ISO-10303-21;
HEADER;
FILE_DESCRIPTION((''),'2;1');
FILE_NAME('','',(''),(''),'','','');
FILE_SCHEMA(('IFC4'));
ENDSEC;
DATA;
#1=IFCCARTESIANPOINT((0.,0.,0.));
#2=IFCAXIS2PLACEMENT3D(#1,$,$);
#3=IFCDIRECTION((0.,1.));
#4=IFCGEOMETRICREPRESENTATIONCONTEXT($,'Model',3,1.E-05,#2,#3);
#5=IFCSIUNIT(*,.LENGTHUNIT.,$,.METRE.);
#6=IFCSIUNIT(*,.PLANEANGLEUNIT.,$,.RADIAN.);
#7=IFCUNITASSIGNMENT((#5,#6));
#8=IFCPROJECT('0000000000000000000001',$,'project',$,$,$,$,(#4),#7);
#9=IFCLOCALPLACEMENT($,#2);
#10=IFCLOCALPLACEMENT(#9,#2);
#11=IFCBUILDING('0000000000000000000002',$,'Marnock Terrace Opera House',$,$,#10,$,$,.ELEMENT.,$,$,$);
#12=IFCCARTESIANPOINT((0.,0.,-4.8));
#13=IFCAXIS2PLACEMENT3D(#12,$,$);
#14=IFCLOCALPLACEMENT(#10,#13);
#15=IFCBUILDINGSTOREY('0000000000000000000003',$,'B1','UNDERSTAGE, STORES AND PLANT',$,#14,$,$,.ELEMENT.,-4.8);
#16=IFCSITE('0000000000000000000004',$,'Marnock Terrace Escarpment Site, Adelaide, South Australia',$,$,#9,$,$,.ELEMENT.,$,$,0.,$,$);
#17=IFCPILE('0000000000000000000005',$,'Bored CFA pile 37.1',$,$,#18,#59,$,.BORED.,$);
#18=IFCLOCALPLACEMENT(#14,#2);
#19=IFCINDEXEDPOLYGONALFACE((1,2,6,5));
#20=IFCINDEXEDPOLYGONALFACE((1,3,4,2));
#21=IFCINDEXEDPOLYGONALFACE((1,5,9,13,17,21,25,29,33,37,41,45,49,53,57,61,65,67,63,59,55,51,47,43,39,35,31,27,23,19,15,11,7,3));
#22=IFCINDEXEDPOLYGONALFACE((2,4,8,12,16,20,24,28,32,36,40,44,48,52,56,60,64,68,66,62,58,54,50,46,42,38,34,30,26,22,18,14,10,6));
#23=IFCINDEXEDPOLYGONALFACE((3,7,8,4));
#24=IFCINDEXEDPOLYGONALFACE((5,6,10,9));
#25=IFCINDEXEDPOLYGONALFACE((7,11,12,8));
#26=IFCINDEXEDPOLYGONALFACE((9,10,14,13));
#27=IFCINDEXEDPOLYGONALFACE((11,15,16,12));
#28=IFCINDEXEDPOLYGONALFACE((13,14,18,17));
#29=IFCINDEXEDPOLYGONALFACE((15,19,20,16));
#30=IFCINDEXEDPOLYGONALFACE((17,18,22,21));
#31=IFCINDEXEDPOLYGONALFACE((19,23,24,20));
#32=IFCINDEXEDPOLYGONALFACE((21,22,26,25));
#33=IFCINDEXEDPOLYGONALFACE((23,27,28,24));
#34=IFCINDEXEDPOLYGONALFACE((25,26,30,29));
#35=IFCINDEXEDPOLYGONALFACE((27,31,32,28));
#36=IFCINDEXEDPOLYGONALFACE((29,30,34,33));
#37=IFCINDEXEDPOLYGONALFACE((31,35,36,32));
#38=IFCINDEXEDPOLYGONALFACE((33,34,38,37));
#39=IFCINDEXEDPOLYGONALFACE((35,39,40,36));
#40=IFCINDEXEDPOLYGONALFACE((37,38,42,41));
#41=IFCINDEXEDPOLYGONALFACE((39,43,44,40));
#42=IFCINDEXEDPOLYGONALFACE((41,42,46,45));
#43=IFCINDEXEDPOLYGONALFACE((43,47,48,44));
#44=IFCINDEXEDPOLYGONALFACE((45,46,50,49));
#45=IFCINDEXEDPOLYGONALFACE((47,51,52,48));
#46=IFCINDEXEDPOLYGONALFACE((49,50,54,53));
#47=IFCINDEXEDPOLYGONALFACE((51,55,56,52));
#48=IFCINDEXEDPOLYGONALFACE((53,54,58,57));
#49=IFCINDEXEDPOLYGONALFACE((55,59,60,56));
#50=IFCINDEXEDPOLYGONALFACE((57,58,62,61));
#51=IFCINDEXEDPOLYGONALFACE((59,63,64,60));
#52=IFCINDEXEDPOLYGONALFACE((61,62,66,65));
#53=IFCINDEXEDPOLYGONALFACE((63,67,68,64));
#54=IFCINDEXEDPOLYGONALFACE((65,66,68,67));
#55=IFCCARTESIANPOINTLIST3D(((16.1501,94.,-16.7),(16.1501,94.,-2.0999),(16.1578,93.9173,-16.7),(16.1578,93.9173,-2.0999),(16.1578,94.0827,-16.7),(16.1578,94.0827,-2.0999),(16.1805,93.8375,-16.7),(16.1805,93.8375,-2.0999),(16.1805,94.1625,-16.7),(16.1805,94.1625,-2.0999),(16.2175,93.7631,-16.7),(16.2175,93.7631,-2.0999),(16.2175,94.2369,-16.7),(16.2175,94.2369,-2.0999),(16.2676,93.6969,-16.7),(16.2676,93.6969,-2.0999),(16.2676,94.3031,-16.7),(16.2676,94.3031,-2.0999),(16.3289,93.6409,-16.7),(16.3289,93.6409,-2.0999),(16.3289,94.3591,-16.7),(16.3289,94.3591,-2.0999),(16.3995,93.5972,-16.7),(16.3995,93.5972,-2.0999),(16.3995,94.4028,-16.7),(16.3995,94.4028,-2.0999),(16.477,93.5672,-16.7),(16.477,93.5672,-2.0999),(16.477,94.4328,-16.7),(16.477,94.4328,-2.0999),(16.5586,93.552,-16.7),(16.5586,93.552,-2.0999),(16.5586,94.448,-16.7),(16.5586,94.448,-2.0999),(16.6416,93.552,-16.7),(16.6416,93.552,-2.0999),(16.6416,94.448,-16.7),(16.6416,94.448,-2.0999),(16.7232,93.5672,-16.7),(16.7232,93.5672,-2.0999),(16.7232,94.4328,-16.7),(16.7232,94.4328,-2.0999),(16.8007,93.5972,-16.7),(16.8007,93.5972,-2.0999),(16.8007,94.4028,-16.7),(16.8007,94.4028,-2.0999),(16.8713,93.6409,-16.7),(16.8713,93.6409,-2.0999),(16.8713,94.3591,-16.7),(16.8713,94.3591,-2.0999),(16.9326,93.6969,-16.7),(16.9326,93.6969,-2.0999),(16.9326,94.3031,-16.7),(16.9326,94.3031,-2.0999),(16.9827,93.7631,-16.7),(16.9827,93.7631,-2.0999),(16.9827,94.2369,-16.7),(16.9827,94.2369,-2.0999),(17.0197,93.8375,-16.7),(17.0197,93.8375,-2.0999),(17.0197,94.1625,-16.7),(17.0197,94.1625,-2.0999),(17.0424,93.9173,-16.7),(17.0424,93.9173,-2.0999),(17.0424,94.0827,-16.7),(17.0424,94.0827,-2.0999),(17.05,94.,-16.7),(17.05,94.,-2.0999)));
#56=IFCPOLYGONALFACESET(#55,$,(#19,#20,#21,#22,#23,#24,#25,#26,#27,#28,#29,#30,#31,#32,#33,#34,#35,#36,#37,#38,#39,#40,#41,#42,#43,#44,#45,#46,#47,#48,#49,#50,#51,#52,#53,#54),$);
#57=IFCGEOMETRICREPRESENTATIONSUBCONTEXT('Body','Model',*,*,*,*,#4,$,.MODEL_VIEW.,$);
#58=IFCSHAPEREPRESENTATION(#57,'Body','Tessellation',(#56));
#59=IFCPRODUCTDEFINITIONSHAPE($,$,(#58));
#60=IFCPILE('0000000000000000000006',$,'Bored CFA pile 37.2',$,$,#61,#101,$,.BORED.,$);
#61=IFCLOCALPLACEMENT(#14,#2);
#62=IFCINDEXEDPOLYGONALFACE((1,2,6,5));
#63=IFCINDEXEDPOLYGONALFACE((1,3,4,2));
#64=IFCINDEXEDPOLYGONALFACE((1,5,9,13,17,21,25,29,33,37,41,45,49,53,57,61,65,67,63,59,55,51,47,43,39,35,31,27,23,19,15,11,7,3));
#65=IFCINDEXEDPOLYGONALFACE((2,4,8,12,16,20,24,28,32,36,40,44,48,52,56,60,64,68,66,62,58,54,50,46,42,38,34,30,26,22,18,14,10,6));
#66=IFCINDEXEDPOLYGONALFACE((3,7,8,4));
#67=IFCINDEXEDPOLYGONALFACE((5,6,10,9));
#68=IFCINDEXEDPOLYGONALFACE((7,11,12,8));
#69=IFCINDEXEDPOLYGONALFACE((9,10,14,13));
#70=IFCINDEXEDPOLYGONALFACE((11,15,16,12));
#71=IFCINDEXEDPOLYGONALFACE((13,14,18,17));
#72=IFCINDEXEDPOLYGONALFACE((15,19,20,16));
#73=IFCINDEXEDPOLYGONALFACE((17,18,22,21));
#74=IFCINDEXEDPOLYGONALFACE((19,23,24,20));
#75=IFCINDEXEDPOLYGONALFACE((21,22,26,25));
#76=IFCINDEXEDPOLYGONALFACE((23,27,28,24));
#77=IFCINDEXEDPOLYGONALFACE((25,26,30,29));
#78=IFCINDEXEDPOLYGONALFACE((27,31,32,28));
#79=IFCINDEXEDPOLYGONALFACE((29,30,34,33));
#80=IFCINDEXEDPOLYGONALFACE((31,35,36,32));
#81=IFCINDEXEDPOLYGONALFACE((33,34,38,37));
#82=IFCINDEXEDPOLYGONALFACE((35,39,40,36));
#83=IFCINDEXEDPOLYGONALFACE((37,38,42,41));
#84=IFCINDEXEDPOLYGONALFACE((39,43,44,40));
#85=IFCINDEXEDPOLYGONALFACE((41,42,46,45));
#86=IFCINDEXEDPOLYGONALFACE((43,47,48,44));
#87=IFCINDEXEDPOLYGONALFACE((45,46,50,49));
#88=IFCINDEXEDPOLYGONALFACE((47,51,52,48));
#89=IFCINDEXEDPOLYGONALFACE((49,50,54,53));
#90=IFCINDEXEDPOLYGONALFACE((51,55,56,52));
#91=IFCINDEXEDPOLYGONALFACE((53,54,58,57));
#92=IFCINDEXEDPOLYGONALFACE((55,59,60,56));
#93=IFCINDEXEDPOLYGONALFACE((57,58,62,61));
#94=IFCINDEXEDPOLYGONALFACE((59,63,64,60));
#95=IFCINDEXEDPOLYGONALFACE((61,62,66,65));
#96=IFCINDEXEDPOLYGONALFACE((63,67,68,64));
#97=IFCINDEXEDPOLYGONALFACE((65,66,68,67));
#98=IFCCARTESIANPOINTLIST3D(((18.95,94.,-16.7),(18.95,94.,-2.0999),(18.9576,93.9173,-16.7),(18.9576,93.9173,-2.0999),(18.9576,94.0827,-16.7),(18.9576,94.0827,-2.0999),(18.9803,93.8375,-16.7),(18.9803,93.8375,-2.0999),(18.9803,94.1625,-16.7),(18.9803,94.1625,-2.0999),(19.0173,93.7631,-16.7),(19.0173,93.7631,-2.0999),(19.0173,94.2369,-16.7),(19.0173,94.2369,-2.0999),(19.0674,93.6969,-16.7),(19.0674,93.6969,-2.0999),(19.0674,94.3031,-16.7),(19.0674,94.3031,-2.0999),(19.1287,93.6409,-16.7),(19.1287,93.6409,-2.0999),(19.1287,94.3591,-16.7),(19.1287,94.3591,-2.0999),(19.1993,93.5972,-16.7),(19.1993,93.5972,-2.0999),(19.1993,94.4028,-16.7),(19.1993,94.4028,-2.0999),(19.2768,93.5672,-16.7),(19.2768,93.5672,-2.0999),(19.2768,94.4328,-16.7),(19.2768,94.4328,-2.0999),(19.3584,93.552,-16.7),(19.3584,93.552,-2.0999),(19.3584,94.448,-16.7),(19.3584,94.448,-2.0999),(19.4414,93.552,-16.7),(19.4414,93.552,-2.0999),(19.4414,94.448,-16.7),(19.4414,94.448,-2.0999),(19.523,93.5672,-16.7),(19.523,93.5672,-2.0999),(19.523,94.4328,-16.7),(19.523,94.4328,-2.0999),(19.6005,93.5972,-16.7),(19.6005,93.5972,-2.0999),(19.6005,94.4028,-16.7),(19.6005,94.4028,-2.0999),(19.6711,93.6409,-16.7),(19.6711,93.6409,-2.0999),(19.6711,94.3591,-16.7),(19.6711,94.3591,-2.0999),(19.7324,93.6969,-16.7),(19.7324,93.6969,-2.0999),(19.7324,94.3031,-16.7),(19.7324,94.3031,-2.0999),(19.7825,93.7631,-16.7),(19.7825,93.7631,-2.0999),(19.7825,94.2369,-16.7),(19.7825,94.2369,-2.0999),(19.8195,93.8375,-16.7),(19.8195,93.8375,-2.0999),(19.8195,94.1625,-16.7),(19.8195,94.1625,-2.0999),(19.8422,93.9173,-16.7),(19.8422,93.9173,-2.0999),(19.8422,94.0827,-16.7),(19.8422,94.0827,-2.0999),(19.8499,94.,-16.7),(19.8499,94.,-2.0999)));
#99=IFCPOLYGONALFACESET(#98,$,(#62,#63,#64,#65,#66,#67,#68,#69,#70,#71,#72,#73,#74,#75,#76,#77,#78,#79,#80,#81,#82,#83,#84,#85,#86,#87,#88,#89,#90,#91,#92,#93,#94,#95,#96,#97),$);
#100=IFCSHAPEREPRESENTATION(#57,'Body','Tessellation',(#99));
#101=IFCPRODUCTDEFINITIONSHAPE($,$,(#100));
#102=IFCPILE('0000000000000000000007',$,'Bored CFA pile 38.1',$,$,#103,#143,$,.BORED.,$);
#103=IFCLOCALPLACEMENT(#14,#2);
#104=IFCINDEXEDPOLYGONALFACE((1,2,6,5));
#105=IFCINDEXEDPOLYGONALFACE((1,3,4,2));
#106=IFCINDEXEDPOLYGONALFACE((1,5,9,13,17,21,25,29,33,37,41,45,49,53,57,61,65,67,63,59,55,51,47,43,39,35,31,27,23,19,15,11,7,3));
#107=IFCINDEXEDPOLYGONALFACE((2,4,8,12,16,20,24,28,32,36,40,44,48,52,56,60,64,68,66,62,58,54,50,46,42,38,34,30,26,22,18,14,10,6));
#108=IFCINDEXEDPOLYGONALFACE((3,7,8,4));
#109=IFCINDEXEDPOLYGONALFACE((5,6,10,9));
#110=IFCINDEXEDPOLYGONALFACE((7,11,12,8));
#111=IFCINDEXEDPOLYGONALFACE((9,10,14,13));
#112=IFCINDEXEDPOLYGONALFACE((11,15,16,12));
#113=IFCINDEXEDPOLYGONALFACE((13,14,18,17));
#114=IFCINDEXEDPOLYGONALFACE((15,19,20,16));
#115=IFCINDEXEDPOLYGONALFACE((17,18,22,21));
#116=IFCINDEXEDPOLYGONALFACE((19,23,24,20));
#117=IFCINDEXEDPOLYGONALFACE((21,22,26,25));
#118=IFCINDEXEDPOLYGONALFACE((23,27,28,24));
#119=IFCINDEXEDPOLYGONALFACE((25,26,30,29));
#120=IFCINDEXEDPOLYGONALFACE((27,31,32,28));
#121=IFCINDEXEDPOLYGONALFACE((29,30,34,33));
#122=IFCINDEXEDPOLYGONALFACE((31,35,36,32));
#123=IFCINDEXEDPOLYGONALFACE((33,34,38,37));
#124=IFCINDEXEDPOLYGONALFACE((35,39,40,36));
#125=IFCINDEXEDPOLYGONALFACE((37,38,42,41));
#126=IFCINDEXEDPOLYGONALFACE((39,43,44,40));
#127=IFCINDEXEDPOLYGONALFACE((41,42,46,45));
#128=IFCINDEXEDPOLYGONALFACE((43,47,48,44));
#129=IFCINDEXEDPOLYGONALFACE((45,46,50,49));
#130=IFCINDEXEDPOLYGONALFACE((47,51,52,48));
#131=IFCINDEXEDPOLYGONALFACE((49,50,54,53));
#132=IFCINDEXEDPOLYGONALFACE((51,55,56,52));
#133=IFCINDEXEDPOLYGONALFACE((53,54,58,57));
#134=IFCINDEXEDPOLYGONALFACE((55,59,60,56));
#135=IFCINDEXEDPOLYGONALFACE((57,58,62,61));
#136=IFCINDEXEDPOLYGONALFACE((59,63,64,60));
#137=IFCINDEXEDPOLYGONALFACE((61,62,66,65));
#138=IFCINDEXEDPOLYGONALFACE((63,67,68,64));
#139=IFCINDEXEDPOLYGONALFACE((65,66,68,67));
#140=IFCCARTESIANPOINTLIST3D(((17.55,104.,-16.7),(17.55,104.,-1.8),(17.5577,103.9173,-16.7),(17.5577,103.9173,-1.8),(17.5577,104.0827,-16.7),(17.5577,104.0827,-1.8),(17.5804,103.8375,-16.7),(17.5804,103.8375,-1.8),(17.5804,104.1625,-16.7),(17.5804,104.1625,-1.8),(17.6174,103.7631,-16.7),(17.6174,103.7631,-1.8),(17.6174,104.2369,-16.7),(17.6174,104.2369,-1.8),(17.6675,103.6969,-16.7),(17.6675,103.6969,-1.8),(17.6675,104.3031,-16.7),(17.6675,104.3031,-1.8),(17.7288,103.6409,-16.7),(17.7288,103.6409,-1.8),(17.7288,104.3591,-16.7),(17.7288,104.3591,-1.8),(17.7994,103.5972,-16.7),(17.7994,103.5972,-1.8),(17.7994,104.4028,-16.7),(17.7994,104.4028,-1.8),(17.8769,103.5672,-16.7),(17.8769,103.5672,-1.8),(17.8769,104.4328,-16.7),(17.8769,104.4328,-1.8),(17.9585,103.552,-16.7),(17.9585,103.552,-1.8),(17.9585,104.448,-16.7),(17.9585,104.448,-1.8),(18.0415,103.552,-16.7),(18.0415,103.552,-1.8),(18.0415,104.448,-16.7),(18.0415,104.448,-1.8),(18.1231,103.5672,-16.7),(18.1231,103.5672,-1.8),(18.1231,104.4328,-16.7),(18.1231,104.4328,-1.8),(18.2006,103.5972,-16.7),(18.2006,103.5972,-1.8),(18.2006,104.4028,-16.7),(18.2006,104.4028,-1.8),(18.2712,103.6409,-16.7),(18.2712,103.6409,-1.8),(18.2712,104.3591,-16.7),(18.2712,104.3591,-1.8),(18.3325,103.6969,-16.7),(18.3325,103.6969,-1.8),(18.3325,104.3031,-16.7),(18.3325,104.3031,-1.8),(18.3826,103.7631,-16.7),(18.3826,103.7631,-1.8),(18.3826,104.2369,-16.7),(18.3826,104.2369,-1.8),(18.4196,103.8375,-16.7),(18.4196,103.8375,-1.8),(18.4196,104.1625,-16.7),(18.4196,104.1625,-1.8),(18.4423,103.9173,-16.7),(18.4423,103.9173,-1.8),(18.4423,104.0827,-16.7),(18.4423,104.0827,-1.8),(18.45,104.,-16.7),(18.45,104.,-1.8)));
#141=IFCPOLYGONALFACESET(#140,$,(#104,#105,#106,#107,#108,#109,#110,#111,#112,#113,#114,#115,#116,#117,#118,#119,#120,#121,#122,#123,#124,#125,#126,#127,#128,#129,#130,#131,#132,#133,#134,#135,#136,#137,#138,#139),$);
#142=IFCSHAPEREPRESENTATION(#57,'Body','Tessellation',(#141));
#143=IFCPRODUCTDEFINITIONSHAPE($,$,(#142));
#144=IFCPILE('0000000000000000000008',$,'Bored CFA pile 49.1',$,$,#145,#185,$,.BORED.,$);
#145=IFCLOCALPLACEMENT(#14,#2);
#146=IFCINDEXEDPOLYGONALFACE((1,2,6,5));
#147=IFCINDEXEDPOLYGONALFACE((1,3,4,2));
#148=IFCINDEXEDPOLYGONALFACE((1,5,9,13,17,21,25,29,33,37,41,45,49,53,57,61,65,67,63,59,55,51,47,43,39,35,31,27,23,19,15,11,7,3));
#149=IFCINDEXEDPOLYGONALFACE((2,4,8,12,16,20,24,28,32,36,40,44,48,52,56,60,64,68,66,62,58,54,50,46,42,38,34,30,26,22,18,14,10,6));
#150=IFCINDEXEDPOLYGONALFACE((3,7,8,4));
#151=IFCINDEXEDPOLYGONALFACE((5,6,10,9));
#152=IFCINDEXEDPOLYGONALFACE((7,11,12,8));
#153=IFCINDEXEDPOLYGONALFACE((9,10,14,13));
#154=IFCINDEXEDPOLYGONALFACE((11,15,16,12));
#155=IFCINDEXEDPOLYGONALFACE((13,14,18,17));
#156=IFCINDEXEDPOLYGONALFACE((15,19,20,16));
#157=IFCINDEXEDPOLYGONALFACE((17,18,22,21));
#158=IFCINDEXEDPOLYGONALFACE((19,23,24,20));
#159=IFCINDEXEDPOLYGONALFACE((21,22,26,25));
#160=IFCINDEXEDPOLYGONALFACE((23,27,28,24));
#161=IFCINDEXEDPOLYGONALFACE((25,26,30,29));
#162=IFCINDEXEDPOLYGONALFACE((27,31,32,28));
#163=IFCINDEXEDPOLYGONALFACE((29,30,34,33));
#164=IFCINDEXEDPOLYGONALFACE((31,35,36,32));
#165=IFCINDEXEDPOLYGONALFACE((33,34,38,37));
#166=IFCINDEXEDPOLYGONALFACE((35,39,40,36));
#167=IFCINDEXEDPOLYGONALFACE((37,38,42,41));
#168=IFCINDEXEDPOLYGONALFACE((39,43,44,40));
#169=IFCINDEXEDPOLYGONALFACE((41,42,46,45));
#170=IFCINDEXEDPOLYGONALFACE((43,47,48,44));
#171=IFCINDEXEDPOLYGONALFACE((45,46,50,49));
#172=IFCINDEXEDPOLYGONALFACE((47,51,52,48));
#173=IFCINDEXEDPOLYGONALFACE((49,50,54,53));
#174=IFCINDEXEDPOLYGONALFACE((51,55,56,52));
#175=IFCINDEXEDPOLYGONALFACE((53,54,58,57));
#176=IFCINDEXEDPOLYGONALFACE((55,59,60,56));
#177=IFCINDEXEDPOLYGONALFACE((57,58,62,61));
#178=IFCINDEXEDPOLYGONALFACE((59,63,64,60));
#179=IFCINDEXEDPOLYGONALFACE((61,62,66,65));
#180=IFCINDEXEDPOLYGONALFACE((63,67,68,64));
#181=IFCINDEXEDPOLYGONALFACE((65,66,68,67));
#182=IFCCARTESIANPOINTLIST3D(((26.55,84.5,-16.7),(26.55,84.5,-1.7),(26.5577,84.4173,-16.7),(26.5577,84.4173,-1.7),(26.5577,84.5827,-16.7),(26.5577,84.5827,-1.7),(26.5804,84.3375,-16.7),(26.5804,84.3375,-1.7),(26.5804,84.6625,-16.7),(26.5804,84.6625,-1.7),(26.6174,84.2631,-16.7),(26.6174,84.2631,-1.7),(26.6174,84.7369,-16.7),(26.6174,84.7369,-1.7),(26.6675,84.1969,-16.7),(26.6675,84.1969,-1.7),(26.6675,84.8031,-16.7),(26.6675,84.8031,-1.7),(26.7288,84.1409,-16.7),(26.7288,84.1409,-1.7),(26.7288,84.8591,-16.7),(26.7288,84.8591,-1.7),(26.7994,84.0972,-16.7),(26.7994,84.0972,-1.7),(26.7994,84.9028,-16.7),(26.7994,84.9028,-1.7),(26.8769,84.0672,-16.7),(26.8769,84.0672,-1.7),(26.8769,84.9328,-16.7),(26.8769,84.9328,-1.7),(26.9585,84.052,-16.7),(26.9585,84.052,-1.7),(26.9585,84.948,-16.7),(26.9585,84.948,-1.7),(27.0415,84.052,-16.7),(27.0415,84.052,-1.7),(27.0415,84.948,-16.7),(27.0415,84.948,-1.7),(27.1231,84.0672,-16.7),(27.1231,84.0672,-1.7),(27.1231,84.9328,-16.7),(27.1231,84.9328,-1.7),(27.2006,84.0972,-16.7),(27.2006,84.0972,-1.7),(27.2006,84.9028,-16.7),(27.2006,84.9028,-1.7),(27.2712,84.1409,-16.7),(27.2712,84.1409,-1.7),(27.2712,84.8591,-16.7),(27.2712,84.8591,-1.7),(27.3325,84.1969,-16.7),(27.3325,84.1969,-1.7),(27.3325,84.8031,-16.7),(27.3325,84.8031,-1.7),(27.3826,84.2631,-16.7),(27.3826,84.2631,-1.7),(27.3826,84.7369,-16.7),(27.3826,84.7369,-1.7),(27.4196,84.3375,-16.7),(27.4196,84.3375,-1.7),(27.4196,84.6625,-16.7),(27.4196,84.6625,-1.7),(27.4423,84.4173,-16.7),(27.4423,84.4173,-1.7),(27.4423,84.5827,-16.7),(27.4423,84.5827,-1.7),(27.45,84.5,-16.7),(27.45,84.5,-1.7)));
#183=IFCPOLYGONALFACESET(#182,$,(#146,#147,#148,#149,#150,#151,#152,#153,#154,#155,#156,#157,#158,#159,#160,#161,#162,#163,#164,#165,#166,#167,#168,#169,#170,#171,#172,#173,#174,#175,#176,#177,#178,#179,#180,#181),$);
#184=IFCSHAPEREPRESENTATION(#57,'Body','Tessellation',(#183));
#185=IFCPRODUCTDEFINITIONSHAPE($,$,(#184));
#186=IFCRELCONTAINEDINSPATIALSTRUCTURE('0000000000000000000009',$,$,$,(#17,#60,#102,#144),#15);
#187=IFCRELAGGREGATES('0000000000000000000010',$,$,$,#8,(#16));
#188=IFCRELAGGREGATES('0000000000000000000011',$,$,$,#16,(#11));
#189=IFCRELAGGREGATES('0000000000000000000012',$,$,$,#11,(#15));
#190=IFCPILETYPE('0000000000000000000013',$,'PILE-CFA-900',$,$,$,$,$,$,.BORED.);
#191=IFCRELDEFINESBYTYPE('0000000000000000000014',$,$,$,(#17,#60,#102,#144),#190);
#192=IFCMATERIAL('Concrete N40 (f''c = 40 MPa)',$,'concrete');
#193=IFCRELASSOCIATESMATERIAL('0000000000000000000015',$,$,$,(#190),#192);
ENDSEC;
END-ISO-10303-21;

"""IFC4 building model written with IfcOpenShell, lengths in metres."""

from ifc_helpers import new_model, si_unit, direction, frame, origin, origin_2d, place, context, subcontext, project, spatial, circle, extrude, material, material_profile, profile_set, type_object, element, save


model = new_model("IFC4")

# Units and contexts
model_context = context("Model", 3, precision=1e-05, world=origin(), true_north=direction((0.0, 1.0)))
body_context = subcontext(model_context, "Body", "Model", "MODEL_VIEW")
ifc_project = project(units=[si_unit("LENGTHUNIT", "METRE"), si_unit("PLANEANGLEUNIT", "RADIAN")], contexts=[model_context])

# Site, building, storey
site_placement = place(None, origin())
site = spatial("IfcSite", under=ifc_project, at=site_placement, Name="Marnock Terrace Escarpment Site, Adelaide, South Australia", CompositionType="ELEMENT", RefElevation=0.0)
building_placement = place(site_placement, origin())
building = spatial("IfcBuilding", under=site, at=building_placement, Name="Marnock Terrace Opera House", CompositionType="ELEMENT")
storey_placement = place(building_placement, frame((0.0, 0.0, -4.8)))
storey = spatial("IfcBuildingStorey", under=building, at=storey_placement, Name="B1", Description="UNDERSTAGE, STORES AND PLANT", CompositionType="ELEMENT", Elevation=-4.8)

# Shared definitions
ifc_material_1 = material(Name="Concrete N40 (f'c = 40 MPa)", Category="concrete")

# Piles
ifc_material_profile_1 = material_profile(ifc_material_1, circle(Radius=0.45, at=origin_2d()))
ifc_profile_set_1 = profile_set([ifc_material_profile_1], Name="Concrete N40 (f'c = 40 MPa)")
pile_type = type_object("IfcPileType", Name="PILE-CFA-900", PredefinedType="BORED", material=ifc_profile_set_1)
for number, where, z_axis, x_axis, name in (
    (1, (16.6001, 94.0, -2.0999), (0.0, 0.0, -1.0), (1.0, 0.0, 0.0), "Bored CFA pile 37.1"),
    (2, (19.3999, 94.0, -2.0999), (0.0, 0.0, -1.0), (1.0, 0.0, 0.0), "Bored CFA pile 37.2"),
):
    element("IfcPile", number, at=place(storey_placement, frame(where, z_axis=z_axis, x_axis=x_axis)), inside=storey, type_object=pile_type, Name=name, PredefinedType="BORED", context=body_context, shape_type="SweptSolid", body=[
        extrude(circle(Radius=0.45, at=origin_2d()), origin(), (0.0, 0.0, 1.0), 14.6001),
    ])
pile_1_placement = place(storey_placement, frame((18.0, 104.0, -1.8), z_axis=(0.0, 0.0, -1.0), x_axis=(1.0, 0.0, 0.0)))
element("IfcPile", 3, at=pile_1_placement, inside=storey, type_object=pile_type, Name="Bored CFA pile 38.1", PredefinedType="BORED", context=body_context, shape_type="SweptSolid", body=[
    extrude(circle(Radius=0.45, at=origin_2d()), origin(), (0.0, 0.0, 1.0), 14.8999),
])
pile_2_placement = place(storey_placement, frame((27.0, 84.5, -1.7), z_axis=(0.0, 0.0, -1.0), x_axis=(1.0, 0.0, 0.0)))
element("IfcPile", 4, at=pile_2_placement, inside=storey, type_object=pile_type, Name="Bored CFA pile 49.1", PredefinedType="BORED", context=body_context, shape_type="SweptSolid", body=[
    extrude(circle(Radius=0.45, at=origin_2d()), origin(), (0.0, 0.0, 1.0), 15.0),
])

save(model, "model.ifc")
